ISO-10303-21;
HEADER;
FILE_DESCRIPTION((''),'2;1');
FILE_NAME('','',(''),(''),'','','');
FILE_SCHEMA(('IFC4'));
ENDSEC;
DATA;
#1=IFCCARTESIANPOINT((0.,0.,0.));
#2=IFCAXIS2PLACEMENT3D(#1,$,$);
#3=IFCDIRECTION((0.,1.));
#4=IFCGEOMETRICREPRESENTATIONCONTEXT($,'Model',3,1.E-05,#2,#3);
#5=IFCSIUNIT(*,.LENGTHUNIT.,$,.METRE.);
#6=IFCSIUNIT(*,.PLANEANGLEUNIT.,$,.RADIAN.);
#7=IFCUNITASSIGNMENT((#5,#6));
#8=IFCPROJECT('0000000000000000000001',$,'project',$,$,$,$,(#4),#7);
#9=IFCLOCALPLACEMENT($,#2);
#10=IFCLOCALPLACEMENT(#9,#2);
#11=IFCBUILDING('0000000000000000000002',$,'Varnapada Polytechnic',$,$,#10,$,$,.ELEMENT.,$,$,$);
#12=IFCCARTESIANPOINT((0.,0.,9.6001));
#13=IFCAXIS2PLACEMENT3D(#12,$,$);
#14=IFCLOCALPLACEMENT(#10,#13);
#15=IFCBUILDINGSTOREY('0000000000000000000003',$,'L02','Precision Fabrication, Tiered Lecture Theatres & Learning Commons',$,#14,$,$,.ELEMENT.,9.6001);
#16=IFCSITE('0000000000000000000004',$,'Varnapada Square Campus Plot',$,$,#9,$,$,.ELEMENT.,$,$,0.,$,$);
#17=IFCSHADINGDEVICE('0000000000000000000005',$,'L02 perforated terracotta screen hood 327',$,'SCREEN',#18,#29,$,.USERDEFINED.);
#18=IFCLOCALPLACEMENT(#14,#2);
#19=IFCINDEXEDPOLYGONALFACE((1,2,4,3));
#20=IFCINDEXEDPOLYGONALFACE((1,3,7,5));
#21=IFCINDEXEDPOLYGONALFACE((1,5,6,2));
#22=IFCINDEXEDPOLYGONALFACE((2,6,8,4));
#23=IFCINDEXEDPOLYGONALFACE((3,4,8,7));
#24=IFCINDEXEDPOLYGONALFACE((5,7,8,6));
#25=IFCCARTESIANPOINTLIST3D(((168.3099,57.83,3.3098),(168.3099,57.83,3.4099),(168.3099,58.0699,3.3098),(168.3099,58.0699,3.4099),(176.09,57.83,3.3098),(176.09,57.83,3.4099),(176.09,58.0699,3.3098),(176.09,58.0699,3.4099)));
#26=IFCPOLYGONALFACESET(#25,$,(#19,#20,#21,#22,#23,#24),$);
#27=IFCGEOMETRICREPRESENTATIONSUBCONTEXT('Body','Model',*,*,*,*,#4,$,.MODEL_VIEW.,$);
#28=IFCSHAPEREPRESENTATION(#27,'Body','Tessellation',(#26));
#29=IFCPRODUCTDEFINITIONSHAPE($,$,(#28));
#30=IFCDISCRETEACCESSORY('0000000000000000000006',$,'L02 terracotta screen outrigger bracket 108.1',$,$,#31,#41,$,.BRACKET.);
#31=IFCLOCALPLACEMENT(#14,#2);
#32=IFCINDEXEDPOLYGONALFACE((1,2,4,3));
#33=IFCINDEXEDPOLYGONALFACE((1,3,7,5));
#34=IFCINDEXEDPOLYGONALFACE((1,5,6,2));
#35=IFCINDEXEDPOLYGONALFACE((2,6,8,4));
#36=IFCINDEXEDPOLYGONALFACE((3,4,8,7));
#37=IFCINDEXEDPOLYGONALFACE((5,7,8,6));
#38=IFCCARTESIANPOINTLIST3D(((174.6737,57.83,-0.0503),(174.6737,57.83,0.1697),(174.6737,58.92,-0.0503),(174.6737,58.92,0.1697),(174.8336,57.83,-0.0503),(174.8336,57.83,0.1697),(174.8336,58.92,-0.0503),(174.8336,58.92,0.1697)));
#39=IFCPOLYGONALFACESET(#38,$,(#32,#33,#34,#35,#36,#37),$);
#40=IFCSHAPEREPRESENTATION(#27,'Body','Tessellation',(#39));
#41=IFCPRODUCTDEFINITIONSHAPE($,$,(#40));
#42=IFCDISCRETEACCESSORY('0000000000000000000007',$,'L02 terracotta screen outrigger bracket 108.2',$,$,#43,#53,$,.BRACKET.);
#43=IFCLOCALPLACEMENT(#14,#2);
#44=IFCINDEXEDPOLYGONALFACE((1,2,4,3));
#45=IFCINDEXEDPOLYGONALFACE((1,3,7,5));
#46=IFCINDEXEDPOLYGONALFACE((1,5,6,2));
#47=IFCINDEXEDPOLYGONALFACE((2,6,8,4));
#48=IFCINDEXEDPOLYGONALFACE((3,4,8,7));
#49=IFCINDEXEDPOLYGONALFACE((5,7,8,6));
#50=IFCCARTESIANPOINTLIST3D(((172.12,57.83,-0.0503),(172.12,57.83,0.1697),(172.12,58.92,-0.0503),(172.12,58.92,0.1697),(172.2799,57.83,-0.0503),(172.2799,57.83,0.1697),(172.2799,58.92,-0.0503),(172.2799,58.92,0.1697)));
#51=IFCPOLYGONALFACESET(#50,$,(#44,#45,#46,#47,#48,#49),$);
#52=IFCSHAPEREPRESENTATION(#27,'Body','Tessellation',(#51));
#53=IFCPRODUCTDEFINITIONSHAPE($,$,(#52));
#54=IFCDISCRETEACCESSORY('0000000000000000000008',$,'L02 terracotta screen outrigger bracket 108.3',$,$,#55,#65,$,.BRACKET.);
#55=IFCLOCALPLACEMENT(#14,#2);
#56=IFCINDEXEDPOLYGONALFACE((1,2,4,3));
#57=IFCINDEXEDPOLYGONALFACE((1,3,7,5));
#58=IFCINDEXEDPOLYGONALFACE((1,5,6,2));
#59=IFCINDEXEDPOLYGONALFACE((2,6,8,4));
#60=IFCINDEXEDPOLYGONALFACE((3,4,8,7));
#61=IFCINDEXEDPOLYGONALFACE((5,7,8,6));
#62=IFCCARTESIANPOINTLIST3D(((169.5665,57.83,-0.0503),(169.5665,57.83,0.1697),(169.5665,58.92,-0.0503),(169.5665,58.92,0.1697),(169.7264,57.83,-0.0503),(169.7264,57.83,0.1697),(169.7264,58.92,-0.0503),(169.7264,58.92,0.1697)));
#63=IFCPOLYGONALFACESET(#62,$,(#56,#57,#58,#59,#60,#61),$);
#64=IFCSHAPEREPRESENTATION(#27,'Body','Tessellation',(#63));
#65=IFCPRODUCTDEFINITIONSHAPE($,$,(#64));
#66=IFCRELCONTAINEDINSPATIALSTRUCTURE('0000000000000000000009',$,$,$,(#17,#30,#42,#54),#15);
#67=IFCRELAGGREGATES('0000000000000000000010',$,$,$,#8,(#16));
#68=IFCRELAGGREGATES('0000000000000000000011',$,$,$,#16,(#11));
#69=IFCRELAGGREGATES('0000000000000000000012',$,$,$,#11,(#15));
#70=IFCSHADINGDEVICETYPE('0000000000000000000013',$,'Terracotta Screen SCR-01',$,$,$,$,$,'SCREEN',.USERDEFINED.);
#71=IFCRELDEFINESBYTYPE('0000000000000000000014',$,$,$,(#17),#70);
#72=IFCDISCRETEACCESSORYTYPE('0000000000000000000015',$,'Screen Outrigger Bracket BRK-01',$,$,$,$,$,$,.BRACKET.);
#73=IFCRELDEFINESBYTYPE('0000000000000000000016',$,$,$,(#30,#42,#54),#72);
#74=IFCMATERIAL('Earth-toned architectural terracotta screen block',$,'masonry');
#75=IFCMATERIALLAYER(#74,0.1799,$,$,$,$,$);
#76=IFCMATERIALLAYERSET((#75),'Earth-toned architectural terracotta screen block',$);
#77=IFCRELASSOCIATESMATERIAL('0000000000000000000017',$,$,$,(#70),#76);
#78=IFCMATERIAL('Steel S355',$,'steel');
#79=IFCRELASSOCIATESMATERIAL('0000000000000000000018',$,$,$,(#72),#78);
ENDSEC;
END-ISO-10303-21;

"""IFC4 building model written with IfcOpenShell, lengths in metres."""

from ifc_helpers import new_model, si_unit, direction, frame, origin, origin_2d, place, context, subcontext, project, spatial, rectangle, extrude, material, layer, layer_set, type_object, element, save


model = new_model("IFC4")

# Units and contexts
model_context = context("Model", 3, precision=1e-05, world=origin(), true_north=direction((0.0, 1.0)))
body_context = subcontext(model_context, "Body", "Model", "MODEL_VIEW")
ifc_project = project(units=[si_unit("LENGTHUNIT", "METRE"), si_unit("PLANEANGLEUNIT", "RADIAN")], contexts=[model_context])

# Site, building, storey
site_placement = place(None, origin())
site = spatial("IfcSite", under=ifc_project, at=site_placement, Name="Varnapada Square Campus Plot", CompositionType="ELEMENT", RefElevation=0.0)
building_placement = place(site_placement, origin())
building = spatial("IfcBuilding", under=site, at=building_placement, Name="Varnapada Polytechnic", CompositionType="ELEMENT")
storey_placement = place(building_placement, frame((0.0, 0.0, 9.6001)))
storey = spatial("IfcBuildingStorey", under=building, at=storey_placement, Name="L02", Description="Precision Fabrication, Tiered Lecture Theatres & Learning Commons", CompositionType="ELEMENT", Elevation=9.6001)

# Shared definitions
ifc_material_1 = material(Name="Earth-toned architectural terracotta screen block", Category="masonry")

# Shading device
ifc_layer_1 = layer(ifc_material_1, 0.1799)
ifc_layer_set_1 = layer_set([ifc_layer_1], Name="Earth-toned architectural terracotta screen block")
shading_device_type = type_object("IfcShadingDeviceType", Name="Terracotta Screen SCR-01", ElementType="SCREEN", PredefinedType="USERDEFINED", material=ifc_layer_set_1)
shading_device_placement = place(storey_placement, frame((172.2, 57.95, 3.3098), z_axis=(0.0, 0.0, 1.0), x_axis=(-1.0, 0.0, 0.0)))
element("IfcShadingDevice", 1, at=shading_device_placement, inside=storey, type_object=shading_device_type, Name="L02 perforated terracotta screen hood 327", ObjectType="SCREEN", PredefinedType="USERDEFINED", context=body_context, shape_type="SweptSolid", body=[
    extrude(rectangle(XDim=7.78, YDim=0.24, at=origin_2d()), origin(), (0.0, 0.0, 1.0), 0.1001),
])

# Discrete accessories
ifc_material_2 = material(Name="Steel S355", Category="steel")
discrete_accessory_type = type_object("IfcDiscreteAccessoryType", Name="Screen Outrigger Bracket BRK-01", PredefinedType="BRACKET", material=ifc_material_2)
for number, where, z_axis, x_axis, name in (
    (2, (174.7537, 58.375, -0.0503), (0.0, 0.0, 1.0), (-1.0, 0.0, 0.0), "L02 terracotta screen outrigger bracket 108.1"),
    (3, (172.2, 58.375, -0.0503), (0.0, 0.0, 1.0), (-1.0, 0.0, 0.0), "L02 terracotta screen outrigger bracket 108.2"),
    (4, (169.6465, 58.375, -0.0503), (0.0, 0.0, 1.0), (-1.0, 0.0, 0.0), "L02 terracotta screen outrigger bracket 108.3"),
):
    element("IfcDiscreteAccessory", number, at=place(storey_placement, frame(where, z_axis=z_axis, x_axis=x_axis)), inside=storey, type_object=discrete_accessory_type, Name=name, PredefinedType="BRACKET", context=body_context, shape_type="SweptSolid", body=[
        extrude(rectangle(XDim=0.1599, YDim=1.0901, at=origin_2d()), origin(), (0.0, 0.0, 1.0), 0.22),
    ])

save(model, "model.ifc")
